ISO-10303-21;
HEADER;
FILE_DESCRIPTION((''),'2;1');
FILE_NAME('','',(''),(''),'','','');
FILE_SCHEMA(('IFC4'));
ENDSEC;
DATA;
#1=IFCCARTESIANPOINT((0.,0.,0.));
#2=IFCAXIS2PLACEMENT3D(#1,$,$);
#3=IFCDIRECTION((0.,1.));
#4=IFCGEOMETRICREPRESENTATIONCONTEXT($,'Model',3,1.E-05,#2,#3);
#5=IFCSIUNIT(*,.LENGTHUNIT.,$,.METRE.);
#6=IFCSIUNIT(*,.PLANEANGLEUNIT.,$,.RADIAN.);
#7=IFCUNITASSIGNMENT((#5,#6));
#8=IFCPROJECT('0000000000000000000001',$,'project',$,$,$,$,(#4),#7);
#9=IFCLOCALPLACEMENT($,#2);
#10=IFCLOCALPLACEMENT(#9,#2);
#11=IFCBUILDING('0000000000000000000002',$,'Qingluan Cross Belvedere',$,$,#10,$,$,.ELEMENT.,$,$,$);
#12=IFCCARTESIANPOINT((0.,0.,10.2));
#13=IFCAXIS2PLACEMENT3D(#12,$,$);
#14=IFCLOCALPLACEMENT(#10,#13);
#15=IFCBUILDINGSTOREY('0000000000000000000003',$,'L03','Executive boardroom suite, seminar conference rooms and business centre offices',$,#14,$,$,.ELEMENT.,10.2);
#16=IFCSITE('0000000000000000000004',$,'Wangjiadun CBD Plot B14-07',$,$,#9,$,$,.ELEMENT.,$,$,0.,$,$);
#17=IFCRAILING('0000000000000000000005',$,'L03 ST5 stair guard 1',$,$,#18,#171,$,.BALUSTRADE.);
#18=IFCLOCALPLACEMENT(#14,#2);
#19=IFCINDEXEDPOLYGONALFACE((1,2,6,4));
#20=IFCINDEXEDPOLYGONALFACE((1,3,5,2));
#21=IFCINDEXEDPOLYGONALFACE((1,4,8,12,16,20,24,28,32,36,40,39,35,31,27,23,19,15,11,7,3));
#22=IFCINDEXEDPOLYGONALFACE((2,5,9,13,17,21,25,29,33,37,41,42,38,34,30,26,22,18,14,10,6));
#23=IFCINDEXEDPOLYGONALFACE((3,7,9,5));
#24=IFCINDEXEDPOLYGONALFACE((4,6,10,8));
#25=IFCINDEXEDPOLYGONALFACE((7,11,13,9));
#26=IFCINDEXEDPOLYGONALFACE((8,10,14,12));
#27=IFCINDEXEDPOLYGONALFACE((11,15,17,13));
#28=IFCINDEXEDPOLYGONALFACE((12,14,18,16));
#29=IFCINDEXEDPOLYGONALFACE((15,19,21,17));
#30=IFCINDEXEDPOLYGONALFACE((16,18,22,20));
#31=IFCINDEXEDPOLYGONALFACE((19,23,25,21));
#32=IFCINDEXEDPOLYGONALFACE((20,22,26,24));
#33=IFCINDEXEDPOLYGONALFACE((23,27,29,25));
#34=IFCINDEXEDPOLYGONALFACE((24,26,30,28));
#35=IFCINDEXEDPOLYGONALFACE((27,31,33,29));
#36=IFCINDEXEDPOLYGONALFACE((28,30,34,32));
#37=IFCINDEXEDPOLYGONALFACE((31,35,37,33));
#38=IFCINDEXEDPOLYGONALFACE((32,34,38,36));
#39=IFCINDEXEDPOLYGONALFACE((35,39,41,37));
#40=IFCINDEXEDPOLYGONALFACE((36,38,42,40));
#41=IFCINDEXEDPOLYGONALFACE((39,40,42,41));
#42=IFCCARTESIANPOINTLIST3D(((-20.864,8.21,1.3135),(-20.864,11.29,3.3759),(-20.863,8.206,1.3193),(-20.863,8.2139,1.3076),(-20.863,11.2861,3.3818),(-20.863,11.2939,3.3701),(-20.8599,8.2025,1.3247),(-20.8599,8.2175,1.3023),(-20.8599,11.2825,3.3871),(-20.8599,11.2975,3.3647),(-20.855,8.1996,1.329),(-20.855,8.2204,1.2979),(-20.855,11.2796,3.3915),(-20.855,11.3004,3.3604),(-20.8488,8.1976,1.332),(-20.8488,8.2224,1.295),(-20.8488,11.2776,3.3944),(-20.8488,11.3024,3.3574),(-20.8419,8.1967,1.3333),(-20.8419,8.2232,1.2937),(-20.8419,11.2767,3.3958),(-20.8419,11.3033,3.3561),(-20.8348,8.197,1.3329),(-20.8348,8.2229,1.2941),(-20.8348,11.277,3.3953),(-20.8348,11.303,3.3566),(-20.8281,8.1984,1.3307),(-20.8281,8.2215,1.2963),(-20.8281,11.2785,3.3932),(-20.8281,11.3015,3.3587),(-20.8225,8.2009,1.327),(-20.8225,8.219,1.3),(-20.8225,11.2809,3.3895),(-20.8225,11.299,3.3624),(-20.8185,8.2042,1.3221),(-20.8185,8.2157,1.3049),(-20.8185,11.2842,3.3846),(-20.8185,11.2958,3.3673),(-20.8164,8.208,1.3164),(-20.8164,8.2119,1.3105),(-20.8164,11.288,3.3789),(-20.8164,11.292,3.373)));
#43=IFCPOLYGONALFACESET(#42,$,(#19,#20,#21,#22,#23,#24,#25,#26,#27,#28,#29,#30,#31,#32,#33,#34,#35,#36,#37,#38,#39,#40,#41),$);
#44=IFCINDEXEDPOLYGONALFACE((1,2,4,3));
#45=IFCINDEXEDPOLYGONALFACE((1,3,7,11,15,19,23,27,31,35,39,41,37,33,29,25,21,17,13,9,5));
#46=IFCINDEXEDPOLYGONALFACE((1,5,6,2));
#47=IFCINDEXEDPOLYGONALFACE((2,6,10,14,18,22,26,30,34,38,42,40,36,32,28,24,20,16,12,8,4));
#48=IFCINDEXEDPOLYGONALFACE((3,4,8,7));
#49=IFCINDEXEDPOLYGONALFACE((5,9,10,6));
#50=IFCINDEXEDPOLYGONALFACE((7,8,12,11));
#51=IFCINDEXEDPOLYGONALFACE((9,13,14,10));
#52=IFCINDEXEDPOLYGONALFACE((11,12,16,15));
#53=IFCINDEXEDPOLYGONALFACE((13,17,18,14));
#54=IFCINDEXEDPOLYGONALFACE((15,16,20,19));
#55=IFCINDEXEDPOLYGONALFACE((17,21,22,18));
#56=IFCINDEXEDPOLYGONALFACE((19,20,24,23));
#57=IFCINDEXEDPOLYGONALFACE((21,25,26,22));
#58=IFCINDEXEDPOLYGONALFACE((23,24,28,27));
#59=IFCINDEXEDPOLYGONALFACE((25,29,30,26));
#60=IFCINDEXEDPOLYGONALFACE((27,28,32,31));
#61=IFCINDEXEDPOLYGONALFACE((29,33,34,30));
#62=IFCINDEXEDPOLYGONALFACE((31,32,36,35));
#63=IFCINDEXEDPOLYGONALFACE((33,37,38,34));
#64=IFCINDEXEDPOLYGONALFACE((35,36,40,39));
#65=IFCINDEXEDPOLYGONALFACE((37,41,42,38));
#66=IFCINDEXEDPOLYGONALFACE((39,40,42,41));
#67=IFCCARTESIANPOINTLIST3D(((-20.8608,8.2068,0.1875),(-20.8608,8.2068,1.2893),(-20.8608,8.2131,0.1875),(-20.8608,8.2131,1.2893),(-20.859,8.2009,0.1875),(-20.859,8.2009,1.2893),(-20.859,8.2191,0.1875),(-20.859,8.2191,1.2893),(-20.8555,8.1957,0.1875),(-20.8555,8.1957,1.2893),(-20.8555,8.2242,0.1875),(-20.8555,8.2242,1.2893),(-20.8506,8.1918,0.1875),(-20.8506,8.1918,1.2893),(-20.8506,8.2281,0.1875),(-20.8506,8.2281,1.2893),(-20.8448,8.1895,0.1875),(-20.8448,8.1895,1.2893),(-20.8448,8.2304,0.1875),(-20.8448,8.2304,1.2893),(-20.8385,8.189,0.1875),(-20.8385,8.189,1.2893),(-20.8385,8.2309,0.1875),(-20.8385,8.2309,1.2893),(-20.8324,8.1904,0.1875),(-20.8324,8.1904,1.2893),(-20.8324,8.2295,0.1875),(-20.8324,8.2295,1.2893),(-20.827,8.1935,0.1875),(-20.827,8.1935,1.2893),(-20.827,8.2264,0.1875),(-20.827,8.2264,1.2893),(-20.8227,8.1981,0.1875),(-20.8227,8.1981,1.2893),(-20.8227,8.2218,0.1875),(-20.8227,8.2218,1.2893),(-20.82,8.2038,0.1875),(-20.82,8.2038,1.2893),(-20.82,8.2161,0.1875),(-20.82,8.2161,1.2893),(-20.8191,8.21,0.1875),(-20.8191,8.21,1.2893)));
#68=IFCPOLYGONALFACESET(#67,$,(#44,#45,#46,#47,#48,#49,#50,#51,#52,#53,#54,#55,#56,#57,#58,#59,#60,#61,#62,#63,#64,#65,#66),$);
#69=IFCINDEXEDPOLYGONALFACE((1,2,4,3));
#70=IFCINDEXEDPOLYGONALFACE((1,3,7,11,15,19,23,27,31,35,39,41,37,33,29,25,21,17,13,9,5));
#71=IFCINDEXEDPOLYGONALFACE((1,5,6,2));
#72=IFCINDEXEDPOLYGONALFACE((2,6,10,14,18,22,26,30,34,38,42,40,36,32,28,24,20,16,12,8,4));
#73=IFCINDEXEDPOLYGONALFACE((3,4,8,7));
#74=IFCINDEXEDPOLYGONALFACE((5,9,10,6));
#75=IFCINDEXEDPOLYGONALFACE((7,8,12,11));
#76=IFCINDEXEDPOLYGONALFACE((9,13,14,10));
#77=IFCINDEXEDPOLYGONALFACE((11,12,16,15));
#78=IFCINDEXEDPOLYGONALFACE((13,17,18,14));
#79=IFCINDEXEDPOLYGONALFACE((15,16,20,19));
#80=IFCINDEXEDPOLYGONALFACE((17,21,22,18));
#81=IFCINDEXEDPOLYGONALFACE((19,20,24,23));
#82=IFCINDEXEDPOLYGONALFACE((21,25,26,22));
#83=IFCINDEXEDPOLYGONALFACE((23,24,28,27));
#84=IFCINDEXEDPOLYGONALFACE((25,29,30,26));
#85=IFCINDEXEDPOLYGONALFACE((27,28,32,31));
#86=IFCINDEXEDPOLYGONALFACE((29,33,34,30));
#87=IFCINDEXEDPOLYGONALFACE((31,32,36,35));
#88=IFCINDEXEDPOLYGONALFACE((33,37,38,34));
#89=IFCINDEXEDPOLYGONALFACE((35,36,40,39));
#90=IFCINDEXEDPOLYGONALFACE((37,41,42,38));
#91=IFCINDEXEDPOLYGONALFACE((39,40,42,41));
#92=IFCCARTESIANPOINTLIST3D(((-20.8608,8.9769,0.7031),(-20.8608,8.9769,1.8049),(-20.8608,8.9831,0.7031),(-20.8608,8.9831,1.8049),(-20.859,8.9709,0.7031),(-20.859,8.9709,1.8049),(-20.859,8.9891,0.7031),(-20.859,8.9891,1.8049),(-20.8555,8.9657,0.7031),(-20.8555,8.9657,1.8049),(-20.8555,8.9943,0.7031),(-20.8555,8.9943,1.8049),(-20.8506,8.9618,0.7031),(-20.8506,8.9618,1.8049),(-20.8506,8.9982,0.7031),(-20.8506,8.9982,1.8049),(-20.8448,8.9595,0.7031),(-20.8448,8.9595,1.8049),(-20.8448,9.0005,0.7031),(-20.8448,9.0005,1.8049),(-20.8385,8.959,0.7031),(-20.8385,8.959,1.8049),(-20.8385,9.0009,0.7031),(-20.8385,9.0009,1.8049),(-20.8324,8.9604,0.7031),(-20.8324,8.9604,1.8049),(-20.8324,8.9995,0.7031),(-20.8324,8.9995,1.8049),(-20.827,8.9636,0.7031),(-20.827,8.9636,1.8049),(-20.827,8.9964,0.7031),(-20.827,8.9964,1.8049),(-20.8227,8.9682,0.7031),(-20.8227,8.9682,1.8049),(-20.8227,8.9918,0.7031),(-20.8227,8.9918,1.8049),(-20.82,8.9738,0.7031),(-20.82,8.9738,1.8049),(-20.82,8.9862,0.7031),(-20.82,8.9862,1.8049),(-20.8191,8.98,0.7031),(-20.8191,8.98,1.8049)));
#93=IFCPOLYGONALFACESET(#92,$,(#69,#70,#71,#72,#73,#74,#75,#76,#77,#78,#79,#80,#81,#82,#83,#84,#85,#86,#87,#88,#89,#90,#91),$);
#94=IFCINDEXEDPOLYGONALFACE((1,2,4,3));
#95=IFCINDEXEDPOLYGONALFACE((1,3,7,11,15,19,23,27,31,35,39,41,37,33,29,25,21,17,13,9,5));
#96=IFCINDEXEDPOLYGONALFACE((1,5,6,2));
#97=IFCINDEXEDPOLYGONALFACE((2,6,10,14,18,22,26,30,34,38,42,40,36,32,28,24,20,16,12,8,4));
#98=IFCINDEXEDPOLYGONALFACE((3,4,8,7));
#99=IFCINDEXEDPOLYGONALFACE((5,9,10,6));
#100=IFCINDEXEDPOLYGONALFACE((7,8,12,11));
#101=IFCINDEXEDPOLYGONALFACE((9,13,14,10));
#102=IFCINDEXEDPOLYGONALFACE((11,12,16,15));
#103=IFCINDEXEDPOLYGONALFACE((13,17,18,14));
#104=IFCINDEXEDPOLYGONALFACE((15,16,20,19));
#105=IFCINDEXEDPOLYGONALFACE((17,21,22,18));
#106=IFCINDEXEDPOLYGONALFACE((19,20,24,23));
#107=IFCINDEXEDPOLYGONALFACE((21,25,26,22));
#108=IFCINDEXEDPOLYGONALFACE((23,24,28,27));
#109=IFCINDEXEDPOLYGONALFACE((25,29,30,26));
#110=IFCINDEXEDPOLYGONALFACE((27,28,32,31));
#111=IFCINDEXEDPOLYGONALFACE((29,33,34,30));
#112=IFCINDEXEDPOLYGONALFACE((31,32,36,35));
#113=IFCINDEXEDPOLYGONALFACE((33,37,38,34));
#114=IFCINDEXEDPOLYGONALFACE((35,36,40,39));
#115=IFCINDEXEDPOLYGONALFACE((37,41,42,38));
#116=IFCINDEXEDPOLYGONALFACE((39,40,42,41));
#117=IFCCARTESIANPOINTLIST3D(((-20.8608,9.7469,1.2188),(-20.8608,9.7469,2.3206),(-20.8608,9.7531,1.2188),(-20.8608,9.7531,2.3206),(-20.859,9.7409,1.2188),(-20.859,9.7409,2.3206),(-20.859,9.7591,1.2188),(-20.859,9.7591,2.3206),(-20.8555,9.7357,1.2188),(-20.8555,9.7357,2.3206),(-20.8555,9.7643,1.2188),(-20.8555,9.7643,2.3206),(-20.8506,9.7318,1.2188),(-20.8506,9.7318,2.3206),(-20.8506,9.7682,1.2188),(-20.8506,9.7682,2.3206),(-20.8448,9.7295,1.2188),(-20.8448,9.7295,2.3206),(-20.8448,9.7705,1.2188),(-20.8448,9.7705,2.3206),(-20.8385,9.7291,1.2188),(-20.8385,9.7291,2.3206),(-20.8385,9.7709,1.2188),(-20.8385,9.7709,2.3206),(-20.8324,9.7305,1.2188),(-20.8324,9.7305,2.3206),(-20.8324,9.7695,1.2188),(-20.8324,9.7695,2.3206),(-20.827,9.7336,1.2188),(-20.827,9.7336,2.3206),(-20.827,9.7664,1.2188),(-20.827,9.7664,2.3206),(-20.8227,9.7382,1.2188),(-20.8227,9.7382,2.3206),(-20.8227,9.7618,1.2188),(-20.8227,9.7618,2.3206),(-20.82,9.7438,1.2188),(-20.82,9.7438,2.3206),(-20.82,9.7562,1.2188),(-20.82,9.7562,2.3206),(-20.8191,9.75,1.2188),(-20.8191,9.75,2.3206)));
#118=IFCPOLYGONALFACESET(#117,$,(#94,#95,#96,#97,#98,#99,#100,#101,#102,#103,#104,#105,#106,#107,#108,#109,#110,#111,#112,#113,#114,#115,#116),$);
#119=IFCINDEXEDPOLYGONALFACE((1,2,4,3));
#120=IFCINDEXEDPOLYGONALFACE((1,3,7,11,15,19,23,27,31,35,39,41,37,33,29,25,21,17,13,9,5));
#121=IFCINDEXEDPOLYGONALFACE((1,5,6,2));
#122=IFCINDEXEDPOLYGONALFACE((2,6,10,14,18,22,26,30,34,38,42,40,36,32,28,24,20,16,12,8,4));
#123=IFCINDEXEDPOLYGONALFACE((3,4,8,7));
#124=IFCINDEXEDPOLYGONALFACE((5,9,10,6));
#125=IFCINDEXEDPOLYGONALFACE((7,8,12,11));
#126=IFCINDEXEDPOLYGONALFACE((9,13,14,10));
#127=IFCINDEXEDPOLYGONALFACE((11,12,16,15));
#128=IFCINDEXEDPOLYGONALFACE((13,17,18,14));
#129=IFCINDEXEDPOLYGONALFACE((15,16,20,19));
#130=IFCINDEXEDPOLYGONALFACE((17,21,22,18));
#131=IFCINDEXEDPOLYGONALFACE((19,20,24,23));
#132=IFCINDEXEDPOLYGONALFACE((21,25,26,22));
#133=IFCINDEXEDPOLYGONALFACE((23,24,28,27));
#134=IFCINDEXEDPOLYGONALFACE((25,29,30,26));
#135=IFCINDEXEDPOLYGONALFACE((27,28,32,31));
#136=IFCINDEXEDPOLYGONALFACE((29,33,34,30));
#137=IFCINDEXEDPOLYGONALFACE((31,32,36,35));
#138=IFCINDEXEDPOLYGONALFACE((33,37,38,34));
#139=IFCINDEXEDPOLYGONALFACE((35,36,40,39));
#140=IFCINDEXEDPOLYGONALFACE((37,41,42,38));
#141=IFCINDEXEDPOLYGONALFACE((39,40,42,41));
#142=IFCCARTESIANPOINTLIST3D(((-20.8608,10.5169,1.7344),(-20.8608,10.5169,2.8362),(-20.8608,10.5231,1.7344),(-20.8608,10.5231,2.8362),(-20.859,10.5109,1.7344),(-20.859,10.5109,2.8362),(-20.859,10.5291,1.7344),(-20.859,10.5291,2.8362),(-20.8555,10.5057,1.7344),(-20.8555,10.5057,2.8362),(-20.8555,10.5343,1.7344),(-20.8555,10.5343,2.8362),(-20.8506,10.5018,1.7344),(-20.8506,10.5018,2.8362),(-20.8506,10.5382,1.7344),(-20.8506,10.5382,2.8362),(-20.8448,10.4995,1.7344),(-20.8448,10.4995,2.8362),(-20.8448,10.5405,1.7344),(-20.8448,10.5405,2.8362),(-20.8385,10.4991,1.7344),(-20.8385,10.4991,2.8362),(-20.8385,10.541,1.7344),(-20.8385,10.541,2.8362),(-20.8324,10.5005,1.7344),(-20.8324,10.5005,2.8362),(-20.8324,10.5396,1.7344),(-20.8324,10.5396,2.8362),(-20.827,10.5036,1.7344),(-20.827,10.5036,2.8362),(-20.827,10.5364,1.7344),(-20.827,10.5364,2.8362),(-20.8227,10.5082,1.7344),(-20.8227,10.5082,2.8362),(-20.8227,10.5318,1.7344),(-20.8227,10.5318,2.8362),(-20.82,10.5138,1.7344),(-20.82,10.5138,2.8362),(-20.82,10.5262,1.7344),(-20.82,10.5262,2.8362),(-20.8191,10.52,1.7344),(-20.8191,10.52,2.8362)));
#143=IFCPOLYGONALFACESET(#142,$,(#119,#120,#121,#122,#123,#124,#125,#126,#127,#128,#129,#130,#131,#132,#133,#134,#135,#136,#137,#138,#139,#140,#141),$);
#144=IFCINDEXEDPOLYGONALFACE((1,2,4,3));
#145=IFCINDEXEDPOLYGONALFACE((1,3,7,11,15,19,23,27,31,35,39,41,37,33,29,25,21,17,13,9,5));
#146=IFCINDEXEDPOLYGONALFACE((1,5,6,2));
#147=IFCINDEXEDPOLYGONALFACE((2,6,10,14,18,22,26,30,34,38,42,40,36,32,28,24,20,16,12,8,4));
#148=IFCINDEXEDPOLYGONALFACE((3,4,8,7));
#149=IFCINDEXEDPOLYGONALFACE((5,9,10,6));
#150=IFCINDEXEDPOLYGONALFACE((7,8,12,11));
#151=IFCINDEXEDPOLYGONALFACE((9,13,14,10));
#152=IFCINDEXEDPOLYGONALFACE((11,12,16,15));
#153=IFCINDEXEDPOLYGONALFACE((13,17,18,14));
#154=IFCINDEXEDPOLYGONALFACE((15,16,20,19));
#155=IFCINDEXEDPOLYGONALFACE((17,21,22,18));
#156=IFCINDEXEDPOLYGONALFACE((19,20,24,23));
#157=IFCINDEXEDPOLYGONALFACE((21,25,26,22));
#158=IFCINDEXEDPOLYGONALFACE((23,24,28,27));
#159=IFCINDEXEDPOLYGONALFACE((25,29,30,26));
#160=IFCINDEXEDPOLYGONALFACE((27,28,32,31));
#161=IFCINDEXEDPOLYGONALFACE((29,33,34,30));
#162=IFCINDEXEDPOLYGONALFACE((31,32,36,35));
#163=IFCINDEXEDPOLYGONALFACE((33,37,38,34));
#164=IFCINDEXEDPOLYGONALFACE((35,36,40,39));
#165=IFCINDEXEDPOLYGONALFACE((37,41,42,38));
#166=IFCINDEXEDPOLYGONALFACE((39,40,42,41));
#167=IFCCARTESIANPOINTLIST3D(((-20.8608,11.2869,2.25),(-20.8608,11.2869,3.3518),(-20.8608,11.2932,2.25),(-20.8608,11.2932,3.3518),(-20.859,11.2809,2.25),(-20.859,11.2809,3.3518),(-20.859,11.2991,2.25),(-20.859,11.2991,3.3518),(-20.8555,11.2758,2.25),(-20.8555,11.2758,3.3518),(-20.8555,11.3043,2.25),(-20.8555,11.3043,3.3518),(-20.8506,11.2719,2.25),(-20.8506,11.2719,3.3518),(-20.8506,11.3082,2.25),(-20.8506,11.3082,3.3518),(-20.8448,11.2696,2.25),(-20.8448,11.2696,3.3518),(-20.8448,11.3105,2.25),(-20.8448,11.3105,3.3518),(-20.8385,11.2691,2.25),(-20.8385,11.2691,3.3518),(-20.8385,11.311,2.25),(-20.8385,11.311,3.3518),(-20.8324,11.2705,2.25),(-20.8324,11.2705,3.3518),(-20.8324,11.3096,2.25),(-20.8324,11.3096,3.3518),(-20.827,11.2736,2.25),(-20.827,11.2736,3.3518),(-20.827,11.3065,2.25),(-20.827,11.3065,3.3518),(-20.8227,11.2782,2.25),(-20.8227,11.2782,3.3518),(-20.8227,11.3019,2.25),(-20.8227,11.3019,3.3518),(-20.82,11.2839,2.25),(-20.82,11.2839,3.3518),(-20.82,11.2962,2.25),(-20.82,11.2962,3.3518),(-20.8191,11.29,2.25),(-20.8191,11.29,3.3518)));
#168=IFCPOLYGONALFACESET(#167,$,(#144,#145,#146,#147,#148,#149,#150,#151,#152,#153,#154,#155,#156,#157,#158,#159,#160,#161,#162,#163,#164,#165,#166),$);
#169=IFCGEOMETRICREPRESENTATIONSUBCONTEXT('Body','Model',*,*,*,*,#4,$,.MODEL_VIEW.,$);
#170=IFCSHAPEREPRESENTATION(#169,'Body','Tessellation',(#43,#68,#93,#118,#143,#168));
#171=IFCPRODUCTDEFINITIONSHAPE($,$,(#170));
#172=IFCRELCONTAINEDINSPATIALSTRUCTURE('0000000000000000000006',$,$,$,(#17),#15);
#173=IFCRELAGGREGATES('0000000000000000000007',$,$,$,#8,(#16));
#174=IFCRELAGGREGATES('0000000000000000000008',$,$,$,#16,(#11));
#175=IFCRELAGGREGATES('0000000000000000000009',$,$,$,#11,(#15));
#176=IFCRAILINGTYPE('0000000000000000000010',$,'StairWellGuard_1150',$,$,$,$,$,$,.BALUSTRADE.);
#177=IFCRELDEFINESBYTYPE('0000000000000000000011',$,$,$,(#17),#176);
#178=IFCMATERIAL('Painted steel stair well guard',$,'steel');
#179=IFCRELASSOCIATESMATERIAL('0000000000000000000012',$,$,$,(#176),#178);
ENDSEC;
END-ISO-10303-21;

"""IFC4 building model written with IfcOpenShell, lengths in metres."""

from ifc_helpers import new_model, si_unit, direction, frame, origin, origin_2d, place, context, subcontext, project, spatial, circle, extrude, material, type_object, element, save


model = new_model("IFC4")

# Units and contexts
model_context = context("Model", 3, precision=1e-05, world=origin(), true_north=direction((0.0, 1.0)))
body_context = subcontext(model_context, "Body", "Model", "MODEL_VIEW")
ifc_project = project(units=[si_unit("LENGTHUNIT", "METRE"), si_unit("PLANEANGLEUNIT", "RADIAN")], contexts=[model_context])

# Site, building, storey
site_placement = place(None, origin())
site = spatial("IfcSite", under=ifc_project, at=site_placement, Name="Wangjiadun CBD Plot B14-07", CompositionType="ELEMENT", RefElevation=0.0)
building_placement = place(site_placement, origin())
building = spatial("IfcBuilding", under=site, at=building_placement, Name="Qingluan Cross Belvedere", CompositionType="ELEMENT")
storey_placement = place(building_placement, frame((0.0, 0.0, 10.2)))
storey = spatial("IfcBuildingStorey", under=building, at=storey_placement, Name="L03", Description="Executive boardroom suite, seminar conference rooms and business centre offices", CompositionType="ELEMENT", Elevation=10.2)

# Railing
ifc_material_1 = material(Name="Painted steel stair well guard", Category="steel")
railing_type_1 = type_object("IfcRailingType", Name="StairWellGuard_1150", PredefinedType="BALUSTRADE", material=ifc_material_1)
railing_1_placement = place(storey_placement, frame((-20.8401, 8.21, 0.1875)))
element("IfcRailing", 1, at=railing_1_placement, inside=storey, type_object=railing_type_1, Name="L03 ST5 stair guard 1", PredefinedType="BALUSTRADE", context=body_context, shape_type="SweptSolid", body=[
    extrude(circle(Radius=0.0239, at=origin_2d()), frame((0.0, 0.0, 1.126), z_axis=(0.0, 0.830914, 0.556401), x_axis=(-1.0, 0.0, 0.0)), (0.0, 0.0, 1.0), 3.7068),
    extrude(circle(Radius=0.021, at=origin_2d()), origin(), (0.0, 0.0, 1.0), 1.1018),
    extrude(circle(Radius=0.021, at=origin_2d()), frame((0.0, 0.77, 0.5156)), (0.0, 0.0, 1.0), 1.1018),
    extrude(circle(Radius=0.021, at=origin_2d()), frame((0.0, 1.54, 1.0312)), (0.0, 0.0, 1.0), 1.1018),
    extrude(circle(Radius=0.021, at=origin_2d()), frame((0.0, 2.3101, 1.5469)), (0.0, 0.0, 1.0), 1.1018),
    extrude(circle(Radius=0.021, at=origin_2d()), frame((0.0, 3.0801, 2.0625)), (0.0, 0.0, 1.0), 1.1018),
])

save(model, "model.ifc")
